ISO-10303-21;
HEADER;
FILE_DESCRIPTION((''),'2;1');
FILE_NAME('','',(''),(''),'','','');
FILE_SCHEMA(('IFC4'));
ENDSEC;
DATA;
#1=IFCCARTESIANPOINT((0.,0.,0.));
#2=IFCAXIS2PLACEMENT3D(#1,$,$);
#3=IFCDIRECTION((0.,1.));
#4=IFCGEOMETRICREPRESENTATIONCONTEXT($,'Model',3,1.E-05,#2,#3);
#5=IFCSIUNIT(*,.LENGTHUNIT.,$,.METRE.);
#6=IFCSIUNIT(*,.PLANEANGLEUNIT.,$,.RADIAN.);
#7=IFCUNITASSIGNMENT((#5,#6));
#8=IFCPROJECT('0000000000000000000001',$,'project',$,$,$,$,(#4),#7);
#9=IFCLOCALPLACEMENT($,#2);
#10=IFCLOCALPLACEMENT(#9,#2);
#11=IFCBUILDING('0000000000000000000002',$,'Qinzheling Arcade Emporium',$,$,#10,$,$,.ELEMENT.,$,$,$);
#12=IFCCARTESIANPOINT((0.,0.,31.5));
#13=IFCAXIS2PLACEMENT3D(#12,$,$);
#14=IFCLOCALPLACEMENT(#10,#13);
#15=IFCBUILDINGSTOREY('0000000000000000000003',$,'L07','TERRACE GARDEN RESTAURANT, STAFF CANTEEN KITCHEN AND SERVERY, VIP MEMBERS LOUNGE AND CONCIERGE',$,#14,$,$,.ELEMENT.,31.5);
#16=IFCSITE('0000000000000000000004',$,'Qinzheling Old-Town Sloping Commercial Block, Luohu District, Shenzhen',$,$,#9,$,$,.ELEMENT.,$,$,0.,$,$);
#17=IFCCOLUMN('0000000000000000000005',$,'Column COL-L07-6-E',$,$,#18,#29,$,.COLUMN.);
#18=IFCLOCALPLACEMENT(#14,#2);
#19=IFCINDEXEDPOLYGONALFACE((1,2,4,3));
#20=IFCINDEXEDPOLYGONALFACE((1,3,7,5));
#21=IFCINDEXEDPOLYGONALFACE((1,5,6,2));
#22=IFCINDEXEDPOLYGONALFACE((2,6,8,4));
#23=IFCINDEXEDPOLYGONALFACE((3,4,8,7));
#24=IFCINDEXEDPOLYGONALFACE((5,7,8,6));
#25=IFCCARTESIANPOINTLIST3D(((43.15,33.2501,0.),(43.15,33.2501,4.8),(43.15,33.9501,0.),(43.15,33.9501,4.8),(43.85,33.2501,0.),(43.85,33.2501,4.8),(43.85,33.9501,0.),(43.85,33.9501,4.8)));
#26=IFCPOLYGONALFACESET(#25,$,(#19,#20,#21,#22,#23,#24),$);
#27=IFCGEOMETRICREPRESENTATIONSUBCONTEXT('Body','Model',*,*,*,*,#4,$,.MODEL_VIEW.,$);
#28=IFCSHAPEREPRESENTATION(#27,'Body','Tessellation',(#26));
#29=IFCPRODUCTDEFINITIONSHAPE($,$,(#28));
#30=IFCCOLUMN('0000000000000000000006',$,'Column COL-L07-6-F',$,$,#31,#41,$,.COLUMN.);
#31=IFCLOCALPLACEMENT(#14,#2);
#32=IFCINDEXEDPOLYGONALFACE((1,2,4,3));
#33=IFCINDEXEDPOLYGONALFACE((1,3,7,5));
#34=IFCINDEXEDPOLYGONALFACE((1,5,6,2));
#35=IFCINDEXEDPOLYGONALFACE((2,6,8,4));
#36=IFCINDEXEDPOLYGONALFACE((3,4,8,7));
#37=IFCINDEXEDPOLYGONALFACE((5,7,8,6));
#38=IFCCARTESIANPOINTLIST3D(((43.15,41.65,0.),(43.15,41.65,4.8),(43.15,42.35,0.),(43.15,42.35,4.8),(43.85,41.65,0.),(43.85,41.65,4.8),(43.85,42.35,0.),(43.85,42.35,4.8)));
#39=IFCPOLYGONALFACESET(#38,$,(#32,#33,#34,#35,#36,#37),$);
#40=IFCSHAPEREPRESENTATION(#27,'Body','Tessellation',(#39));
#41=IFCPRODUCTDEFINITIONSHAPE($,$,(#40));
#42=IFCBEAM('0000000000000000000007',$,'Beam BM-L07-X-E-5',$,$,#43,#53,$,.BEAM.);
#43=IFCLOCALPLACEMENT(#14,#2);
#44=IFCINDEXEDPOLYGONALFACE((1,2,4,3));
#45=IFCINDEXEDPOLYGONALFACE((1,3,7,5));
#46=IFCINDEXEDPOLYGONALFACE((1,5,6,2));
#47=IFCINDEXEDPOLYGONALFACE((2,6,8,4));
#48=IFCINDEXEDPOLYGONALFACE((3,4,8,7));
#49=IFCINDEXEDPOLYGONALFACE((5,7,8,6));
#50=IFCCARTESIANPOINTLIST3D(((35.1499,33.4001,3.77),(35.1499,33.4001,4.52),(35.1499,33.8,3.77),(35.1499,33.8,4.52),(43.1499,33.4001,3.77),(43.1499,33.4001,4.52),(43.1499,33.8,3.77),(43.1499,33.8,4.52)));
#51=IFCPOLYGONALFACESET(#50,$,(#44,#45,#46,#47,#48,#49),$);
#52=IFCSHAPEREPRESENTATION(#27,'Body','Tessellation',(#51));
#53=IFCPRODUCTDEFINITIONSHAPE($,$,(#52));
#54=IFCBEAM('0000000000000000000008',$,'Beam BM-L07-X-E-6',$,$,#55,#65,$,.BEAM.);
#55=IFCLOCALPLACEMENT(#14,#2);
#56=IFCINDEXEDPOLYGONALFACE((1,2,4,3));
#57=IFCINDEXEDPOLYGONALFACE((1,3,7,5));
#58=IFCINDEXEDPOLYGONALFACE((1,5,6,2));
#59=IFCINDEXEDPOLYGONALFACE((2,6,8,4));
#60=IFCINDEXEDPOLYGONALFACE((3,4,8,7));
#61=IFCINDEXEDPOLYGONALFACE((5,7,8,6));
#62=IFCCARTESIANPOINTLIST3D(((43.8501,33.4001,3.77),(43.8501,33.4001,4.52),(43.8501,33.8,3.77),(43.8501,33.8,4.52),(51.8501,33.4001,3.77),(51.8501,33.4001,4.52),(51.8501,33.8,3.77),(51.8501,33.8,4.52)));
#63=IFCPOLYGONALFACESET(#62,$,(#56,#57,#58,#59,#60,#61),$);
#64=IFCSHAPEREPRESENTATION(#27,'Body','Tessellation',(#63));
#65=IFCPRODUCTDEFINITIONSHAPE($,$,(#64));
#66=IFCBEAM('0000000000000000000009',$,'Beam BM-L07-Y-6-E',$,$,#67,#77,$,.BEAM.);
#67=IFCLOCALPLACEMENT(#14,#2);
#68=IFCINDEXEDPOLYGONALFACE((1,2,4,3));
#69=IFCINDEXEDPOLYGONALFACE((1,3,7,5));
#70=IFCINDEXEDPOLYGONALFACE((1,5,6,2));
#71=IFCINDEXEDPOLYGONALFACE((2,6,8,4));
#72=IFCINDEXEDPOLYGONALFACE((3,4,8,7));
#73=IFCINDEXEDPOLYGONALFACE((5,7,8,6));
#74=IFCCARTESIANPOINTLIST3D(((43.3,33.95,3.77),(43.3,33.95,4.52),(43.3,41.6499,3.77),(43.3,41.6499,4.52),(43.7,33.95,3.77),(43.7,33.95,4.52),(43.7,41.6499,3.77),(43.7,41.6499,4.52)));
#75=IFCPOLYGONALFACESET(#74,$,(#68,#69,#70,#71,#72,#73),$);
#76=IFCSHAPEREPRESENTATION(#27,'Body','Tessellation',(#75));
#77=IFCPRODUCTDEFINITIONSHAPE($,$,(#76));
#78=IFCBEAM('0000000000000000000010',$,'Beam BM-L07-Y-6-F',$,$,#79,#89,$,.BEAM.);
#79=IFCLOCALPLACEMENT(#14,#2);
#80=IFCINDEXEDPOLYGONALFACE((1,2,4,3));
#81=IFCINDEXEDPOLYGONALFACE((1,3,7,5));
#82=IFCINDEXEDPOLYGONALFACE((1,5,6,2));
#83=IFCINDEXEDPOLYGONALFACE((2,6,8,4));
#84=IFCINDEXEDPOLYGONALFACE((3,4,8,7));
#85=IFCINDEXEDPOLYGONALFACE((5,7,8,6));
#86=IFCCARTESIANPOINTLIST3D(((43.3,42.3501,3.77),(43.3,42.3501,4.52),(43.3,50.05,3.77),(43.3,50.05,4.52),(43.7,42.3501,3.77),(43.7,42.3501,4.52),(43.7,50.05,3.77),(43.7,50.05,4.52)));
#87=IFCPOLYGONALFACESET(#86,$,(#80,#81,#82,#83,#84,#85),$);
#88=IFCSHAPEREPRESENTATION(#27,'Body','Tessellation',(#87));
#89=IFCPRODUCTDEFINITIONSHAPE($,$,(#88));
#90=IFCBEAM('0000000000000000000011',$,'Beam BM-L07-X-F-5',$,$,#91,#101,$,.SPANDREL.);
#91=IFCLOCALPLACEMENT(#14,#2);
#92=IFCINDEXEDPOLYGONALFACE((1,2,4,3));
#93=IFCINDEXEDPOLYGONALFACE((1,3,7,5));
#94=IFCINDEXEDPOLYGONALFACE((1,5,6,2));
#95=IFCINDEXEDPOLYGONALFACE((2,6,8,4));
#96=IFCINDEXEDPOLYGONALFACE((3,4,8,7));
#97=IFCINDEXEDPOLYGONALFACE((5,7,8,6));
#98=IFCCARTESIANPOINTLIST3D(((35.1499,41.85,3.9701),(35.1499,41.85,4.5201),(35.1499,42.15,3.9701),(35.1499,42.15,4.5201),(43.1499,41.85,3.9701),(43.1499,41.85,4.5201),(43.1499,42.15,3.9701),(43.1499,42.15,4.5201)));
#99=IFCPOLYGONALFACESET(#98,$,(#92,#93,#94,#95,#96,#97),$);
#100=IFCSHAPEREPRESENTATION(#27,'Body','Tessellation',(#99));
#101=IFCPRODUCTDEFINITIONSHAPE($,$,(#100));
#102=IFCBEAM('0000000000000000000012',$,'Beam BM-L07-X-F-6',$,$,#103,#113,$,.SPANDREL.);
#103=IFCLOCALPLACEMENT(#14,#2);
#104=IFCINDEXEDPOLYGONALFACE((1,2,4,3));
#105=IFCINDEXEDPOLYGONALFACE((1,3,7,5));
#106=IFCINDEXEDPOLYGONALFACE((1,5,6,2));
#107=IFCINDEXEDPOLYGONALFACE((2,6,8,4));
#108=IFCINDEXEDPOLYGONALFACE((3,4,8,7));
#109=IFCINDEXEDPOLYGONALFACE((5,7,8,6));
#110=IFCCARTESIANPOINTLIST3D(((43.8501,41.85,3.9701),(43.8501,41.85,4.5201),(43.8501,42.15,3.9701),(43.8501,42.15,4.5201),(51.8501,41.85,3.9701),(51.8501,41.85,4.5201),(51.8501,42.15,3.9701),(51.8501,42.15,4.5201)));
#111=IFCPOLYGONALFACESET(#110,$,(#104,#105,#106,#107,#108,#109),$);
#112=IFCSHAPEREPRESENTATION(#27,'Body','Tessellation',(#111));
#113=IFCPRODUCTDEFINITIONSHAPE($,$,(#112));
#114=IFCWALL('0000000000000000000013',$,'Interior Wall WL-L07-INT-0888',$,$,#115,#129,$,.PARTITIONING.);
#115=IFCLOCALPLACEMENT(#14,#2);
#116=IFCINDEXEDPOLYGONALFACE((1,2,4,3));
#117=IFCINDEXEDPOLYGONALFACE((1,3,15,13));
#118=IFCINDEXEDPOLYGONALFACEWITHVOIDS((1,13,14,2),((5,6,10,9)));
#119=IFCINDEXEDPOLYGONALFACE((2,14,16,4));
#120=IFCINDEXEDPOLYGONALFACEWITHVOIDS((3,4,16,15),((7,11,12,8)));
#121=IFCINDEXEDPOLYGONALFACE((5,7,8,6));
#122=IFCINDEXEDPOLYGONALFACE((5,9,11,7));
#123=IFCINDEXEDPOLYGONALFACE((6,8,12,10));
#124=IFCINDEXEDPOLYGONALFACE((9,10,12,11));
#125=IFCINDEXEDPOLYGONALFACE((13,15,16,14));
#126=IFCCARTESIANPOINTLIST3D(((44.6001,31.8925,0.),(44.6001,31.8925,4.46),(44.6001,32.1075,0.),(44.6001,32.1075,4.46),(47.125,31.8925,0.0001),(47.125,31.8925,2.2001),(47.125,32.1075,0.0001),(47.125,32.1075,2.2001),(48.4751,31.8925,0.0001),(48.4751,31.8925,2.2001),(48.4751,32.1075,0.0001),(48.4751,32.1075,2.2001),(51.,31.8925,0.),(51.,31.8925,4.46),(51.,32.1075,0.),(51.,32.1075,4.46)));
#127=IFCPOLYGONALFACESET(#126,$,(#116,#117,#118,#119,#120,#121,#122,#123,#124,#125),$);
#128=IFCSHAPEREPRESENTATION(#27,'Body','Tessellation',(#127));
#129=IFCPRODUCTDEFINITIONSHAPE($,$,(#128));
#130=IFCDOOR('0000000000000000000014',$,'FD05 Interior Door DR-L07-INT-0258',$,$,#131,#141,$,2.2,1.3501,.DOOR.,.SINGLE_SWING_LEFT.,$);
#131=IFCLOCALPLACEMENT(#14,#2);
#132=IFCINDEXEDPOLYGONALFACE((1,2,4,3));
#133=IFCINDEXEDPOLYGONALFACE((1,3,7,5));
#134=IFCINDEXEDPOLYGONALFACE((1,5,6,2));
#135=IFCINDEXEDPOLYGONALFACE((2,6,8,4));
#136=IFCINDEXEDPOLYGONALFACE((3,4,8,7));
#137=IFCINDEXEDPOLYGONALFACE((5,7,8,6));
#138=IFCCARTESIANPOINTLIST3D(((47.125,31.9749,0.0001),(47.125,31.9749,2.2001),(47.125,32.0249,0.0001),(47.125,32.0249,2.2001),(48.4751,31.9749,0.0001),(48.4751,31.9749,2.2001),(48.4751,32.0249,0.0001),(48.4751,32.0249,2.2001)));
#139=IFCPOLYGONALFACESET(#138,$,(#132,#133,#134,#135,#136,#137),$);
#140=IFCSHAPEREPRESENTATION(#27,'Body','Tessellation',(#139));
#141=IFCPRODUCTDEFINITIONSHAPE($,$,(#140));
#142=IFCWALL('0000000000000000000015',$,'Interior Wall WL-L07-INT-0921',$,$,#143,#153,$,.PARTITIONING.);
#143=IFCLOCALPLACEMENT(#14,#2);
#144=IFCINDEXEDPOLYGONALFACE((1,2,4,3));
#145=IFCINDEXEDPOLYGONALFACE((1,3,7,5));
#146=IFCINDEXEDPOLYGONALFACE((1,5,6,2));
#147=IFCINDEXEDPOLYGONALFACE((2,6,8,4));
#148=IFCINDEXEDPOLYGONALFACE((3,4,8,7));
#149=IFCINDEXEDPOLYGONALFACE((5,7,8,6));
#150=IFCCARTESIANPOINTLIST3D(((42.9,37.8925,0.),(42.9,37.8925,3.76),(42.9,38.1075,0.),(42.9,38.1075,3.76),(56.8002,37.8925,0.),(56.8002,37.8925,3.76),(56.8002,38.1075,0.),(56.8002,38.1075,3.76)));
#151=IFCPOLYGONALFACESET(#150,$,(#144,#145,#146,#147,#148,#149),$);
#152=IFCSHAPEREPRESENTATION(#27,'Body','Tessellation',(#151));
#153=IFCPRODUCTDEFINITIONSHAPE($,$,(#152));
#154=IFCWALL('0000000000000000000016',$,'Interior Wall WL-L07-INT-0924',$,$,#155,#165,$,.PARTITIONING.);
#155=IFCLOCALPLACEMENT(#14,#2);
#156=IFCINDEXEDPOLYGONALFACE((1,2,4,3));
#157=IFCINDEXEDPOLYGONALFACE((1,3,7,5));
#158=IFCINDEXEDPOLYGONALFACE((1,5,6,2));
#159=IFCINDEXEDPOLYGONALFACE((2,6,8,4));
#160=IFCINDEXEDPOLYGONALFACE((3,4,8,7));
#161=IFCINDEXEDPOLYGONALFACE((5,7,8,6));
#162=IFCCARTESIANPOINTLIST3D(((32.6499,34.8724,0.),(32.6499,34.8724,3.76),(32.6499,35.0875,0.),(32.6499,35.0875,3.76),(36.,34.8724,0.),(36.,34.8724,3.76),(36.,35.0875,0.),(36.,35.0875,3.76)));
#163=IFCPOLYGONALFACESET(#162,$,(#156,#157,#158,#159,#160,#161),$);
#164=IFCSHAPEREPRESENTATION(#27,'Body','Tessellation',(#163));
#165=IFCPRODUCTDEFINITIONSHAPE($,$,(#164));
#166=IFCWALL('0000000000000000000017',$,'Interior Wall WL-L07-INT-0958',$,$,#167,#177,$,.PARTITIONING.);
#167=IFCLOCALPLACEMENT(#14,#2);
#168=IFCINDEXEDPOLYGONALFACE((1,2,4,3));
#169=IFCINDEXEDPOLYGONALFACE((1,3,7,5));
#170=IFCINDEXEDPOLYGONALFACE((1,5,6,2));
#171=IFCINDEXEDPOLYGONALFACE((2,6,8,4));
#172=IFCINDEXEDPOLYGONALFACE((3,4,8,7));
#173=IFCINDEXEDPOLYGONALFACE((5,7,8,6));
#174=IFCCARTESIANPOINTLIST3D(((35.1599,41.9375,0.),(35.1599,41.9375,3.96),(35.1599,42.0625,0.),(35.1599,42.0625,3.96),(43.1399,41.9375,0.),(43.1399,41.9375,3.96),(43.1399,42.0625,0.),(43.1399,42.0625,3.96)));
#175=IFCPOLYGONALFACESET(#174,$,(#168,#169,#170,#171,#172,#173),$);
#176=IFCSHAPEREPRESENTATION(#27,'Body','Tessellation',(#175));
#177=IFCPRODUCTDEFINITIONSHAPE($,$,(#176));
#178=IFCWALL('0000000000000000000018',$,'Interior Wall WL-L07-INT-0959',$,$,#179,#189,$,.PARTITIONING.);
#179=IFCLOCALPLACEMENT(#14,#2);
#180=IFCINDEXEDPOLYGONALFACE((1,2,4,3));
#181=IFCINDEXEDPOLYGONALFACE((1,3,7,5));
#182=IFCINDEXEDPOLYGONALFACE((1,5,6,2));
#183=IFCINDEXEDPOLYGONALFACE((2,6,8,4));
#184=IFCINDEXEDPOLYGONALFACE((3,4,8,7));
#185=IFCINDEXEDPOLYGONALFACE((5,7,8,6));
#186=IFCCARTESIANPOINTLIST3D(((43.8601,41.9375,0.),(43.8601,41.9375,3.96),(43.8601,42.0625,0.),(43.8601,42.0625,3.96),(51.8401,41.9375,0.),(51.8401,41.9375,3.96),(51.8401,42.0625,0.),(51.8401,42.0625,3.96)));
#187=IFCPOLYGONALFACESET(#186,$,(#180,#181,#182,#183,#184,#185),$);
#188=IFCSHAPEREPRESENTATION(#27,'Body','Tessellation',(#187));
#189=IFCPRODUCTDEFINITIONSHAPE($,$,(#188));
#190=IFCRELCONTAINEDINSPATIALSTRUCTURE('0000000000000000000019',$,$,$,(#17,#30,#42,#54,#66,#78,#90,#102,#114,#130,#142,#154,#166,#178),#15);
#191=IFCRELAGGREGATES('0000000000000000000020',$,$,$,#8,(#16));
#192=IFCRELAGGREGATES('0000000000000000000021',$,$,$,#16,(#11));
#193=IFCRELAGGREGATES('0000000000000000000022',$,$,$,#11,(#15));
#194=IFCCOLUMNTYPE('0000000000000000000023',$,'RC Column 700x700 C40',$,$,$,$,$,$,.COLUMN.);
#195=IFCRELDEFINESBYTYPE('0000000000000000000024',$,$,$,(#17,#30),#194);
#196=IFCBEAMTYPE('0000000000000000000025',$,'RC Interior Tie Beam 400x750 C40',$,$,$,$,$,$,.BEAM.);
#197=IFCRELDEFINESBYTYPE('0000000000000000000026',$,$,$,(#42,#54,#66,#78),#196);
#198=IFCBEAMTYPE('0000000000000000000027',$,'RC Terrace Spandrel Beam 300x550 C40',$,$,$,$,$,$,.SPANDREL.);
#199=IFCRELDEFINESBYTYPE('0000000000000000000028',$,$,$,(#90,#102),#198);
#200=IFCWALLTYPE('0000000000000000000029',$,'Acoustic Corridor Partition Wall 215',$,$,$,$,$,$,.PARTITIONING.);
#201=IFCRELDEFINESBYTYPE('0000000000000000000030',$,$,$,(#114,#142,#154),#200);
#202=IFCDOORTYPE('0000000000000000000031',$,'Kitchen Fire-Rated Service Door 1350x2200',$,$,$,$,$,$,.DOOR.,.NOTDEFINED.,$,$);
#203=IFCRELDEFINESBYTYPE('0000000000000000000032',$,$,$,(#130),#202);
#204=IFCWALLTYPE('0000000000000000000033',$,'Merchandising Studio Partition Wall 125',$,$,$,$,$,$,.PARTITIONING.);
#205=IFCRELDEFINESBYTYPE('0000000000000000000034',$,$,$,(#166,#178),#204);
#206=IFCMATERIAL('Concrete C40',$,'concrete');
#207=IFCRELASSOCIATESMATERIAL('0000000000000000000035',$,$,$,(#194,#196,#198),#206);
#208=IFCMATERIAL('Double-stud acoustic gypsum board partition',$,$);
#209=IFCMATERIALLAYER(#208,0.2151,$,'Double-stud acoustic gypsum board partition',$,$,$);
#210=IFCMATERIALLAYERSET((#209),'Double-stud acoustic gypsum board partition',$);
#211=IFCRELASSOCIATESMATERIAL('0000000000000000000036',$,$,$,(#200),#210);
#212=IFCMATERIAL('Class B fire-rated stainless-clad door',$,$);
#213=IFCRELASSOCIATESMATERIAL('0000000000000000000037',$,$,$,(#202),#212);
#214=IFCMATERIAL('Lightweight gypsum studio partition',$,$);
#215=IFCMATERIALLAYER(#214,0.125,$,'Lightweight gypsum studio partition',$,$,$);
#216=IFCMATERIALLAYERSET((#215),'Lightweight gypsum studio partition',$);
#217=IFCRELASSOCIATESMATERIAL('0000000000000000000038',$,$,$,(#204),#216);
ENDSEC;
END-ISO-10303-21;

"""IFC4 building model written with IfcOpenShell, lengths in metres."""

from ifc_helpers import new_model, si_unit, direction, frame, frame_2d, origin, origin_2d, place, context, subcontext, project, spatial, rectangle, extrude, material, layer, layer_set, material_profile, profile_set, type_object, element, fill, save


model = new_model("IFC4")

# Units and contexts
model_context = context("Model", 3, precision=1e-05, world=origin(), true_north=direction((0.0, 1.0)))
body_context = subcontext(model_context, "Body", "Model", "MODEL_VIEW")
ifc_project = project(units=[si_unit("LENGTHUNIT", "METRE"), si_unit("PLANEANGLEUNIT", "RADIAN")], contexts=[model_context])

# Site, building, storey
site_placement = place(None, origin())
site = spatial("IfcSite", under=ifc_project, at=site_placement, Name="Qinzheling Old-Town Sloping Commercial Block, Luohu District, Shenzhen", CompositionType="ELEMENT", RefElevation=0.0)
building_placement = place(site_placement, origin())
building = spatial("IfcBuilding", under=site, at=building_placement, Name="Qinzheling Arcade Emporium", CompositionType="ELEMENT")
storey_placement = place(building_placement, frame((0.0, 0.0, 31.5)))
storey = spatial("IfcBuildingStorey", under=building, at=storey_placement, Name="L07", Description="TERRACE GARDEN RESTAURANT, STAFF CANTEEN KITCHEN AND SERVERY, VIP MEMBERS LOUNGE AND CONCIERGE", CompositionType="ELEMENT", Elevation=31.5)

# Columns
ifc_material_1 = material(Name="Concrete C40", Category="concrete")
ifc_material_profile_1 = material_profile(ifc_material_1, rectangle(XDim=0.7, YDim=0.7, at=origin_2d()), Name="RC 700x700", Category="concrete")
ifc_profile_set_1 = profile_set([ifc_material_profile_1], Name="Concrete C40")
column_type = type_object("IfcColumnType", Name="RC Column 700x700 C40", PredefinedType="COLUMN", material=ifc_profile_set_1)
for number, where, z_axis, x_axis, name in (
    (1, (43.5, 33.6001, 0.0), (0.0, 0.0, 1.0), (1.0, 0.0, 0.0), "Column COL-L07-6-E"),
    (2, (43.5, 42.0, 0.0), (0.0, 0.0, 1.0), (1.0, 0.0, 0.0), "Column COL-L07-6-F"),
):
    element("IfcColumn", number, at=place(storey_placement, frame(where, z_axis=z_axis, x_axis=x_axis)), inside=storey, type_object=column_type, Name=name, PredefinedType="COLUMN", context=body_context, shape_type="SweptSolid", body=[
        extrude(rectangle(XDim=0.7, YDim=0.7, at=origin_2d()), origin(), (0.0, 0.0, 1.0), 4.8),
    ])

# Beams
ifc_material_profile_2 = material_profile(ifc_material_1, rectangle(XDim=0.3999, YDim=0.75, at=origin_2d()), Name="RC 400x750", Category="concrete")
ifc_profile_set_2 = profile_set([ifc_material_profile_2], Name="Concrete C40")
beam_type_1 = type_object("IfcBeamType", Name="RC Interior Tie Beam 400x750 C40", PredefinedType="BEAM", material=ifc_profile_set_2)
for number, where, z_axis, x_axis, name in (
    (3, (35.1499, 33.6001, 4.145), (1.0, 0.0, 0.0), (0.0, 1.0, 0.0), "Beam BM-L07-X-E-5"),
    (4, (43.8501, 33.6001, 4.145), (1.0, 0.0, 0.0), (0.0, 1.0, 0.0), "Beam BM-L07-X-E-6"),
):
    element("IfcBeam", number, at=place(storey_placement, frame(where, z_axis=z_axis, x_axis=x_axis)), inside=storey, type_object=beam_type_1, Name=name, PredefinedType="BEAM", context=body_context, shape_type="SweptSolid", body=[
        extrude(rectangle(XDim=0.3999, YDim=0.75, at=origin_2d()), origin(), (0.0, 0.0, 1.0), 8.0),
    ])
for number, where, z_axis, x_axis, name in (
    (5, (43.5, 33.95, 4.145), (0.0, 1.0, 0.0), (-1.0, 0.0, 0.0), "Beam BM-L07-Y-6-E"),
    (6, (43.5, 42.3501, 4.145), (0.0, 1.0, 0.0), (-1.0, 0.0, 0.0), "Beam BM-L07-Y-6-F"),
):
    element("IfcBeam", number, at=place(storey_placement, frame(where, z_axis=z_axis, x_axis=x_axis)), inside=storey, type_object=beam_type_1, Name=name, PredefinedType="BEAM", context=body_context, shape_type="SweptSolid", body=[
        extrude(rectangle(XDim=0.3999, YDim=0.75, at=origin_2d()), origin(), (0.0, 0.0, 1.0), 7.7),
    ])
ifc_material_profile_3 = material_profile(ifc_material_1, rectangle(XDim=0.3, YDim=0.55, at=origin_2d()), Name="RC 300x550", Category="concrete")
ifc_profile_set_3 = profile_set([ifc_material_profile_3], Name="Concrete C40")
beam_type_2 = type_object("IfcBeamType", Name="RC Terrace Spandrel Beam 300x550 C40", PredefinedType="SPANDREL", material=ifc_profile_set_3)
for number, where, z_axis, x_axis, name in (
    (7, (35.1499, 42.0, 4.2451), (1.0, 0.0, 0.0), (0.0, 1.0, 0.0), "Beam BM-L07-X-F-5"),
    (8, (43.8501, 42.0, 4.2451), (1.0, 0.0, 0.0), (0.0, 1.0, 0.0), "Beam BM-L07-X-F-6"),
):
    element("IfcBeam", number, at=place(storey_placement, frame(where, z_axis=z_axis, x_axis=x_axis)), inside=storey, type_object=beam_type_2, Name=name, PredefinedType="SPANDREL", context=body_context, shape_type="SweptSolid", body=[
        extrude(rectangle(XDim=0.3, YDim=0.55, at=origin_2d()), origin(), (0.0, 0.0, 1.0), 8.0),
    ])

# Wall, opening, door
ifc_material_2 = material(Name="Double-stud acoustic gypsum board partition")
ifc_layer_1 = layer(ifc_material_2, 0.2151, Name="Double-stud acoustic gypsum board partition")
ifc_layer_set_1 = layer_set([ifc_layer_1], Name="Double-stud acoustic gypsum board partition")
wall_type_1 = type_object("IfcWallType", Name="Acoustic Corridor Partition Wall 215", PredefinedType="PARTITIONING", material=ifc_layer_set_1)
wall_1_placement = place(storey_placement, frame((44.6001, 32.0, 0.0), z_axis=(0.0, 0.0, 1.0), x_axis=(1.0, 0.0, 0.0)))
wall_1 = element("IfcWall", 9, at=wall_1_placement, inside=storey, type_object=wall_type_1, Name="Interior Wall WL-L07-INT-0888", PredefinedType="PARTITIONING", context=body_context, shape_type="SweptSolid", body=[
    extrude(rectangle(XDim=6.3999, YDim=0.2151, at=frame_2d((3.2, 0.0))), origin(), (0.0, 0.0, 1.0), 4.46),
])
opening_1_placement = place(wall_1_placement, frame((2.5249, 0.0, 0.0)))
opening_1 = element("IfcOpeningElement", 10, at=opening_1_placement, cuts=wall_1, PredefinedType="OPENING", context=body_context, shape_type="SweptSolid", body=[
    extrude(rectangle(XDim=1.3501, YDim=2.2, at=frame_2d((0.675, 1.1001))), frame((0.0, 0.1177, 0.0), z_axis=(0.0, -1.0, 0.0), x_axis=(1.0, 0.0, 0.0)), (0.0, 0.0, 1.0), 0.2351),
])
ifc_material_3 = material(Name="Class B fire-rated stainless-clad door")
door_type_1 = type_object("IfcDoorType", Name="Kitchen Fire-Rated Service Door 1350x2200", OperationType="NOTDEFINED", PredefinedType="DOOR", material=ifc_material_3)
door_1_placement = place(opening_1_placement, origin())
door_1 = element("IfcDoor", 11, at=door_1_placement, inside=storey, type_object=door_type_1, Name="FD05 Interior Door DR-L07-INT-0258", OperationType="SINGLE_SWING_LEFT", OverallHeight=2.2, OverallWidth=1.3501, PredefinedType="DOOR", context=body_context, shape_type="SweptSolid", body=[
    extrude(rectangle(XDim=1.3501, YDim=2.2, at=frame_2d((0.675, 1.1001))), frame((0.0, 0.0249, 0.0), z_axis=(0.0, -1.0, 0.0), x_axis=(1.0, 0.0, 0.0)), (0.0, 0.0, 1.0), 0.05),
])
fill(opening_1, door_1)

# Walls
wall_2_placement = place(storey_placement, frame((42.8999, 38.0, 0.0), z_axis=(0.0, 0.0, 1.0), x_axis=(1.0, 0.0, 0.0)))
element("IfcWall", 12, at=wall_2_placement, inside=storey, type_object=wall_type_1, Name="Interior Wall WL-L07-INT-0921", PredefinedType="PARTITIONING", context=body_context, shape_type="SweptSolid", body=[
    extrude(rectangle(XDim=13.9001, YDim=0.2151, at=frame_2d((6.9502, 0.0))), origin(), (0.0, 0.0, 1.0), 3.76),
])
wall_3_placement = place(storey_placement, frame((36.0, 34.98, 0.0), z_axis=(0.0, 0.0, 1.0), x_axis=(-1.0, 0.0, 0.0)))
element("IfcWall", 13, at=wall_3_placement, inside=storey, type_object=wall_type_1, Name="Interior Wall WL-L07-INT-0924", PredefinedType="PARTITIONING", context=body_context, shape_type="SweptSolid", body=[
    extrude(rectangle(XDim=3.3501, YDim=0.2151, at=frame_2d((1.675, 0.0))), origin(), (0.0, 0.0, 1.0), 3.76),
])
ifc_material_4 = material(Name="Lightweight gypsum studio partition")
ifc_layer_2 = layer(ifc_material_4, 0.125, Name="Lightweight gypsum studio partition")
ifc_layer_set_2 = layer_set([ifc_layer_2], Name="Lightweight gypsum studio partition")
wall_type_2 = type_object("IfcWallType", Name="Merchandising Studio Partition Wall 125", PredefinedType="PARTITIONING", material=ifc_layer_set_2)
for number, where, z_axis, x_axis, name in (
    (14, (35.1599, 42.0, 0.0), (0.0, 0.0, 1.0), (1.0, 0.0, 0.0), "Interior Wall WL-L07-INT-0958"),
    (15, (43.8601, 42.0, 0.0), (0.0, 0.0, 1.0), (1.0, 0.0, 0.0), "Interior Wall WL-L07-INT-0959"),
):
    element("IfcWall", number, at=place(storey_placement, frame(where, z_axis=z_axis, x_axis=x_axis)), inside=storey, type_object=wall_type_2, Name=name, PredefinedType="PARTITIONING", context=body_context, shape_type="SweptSolid", body=[
        extrude(rectangle(XDim=7.98, YDim=0.125, at=frame_2d((3.99, 0.0))), origin(), (0.0, 0.0, 1.0), 3.96),
    ])

save(model, "model.ifc")
